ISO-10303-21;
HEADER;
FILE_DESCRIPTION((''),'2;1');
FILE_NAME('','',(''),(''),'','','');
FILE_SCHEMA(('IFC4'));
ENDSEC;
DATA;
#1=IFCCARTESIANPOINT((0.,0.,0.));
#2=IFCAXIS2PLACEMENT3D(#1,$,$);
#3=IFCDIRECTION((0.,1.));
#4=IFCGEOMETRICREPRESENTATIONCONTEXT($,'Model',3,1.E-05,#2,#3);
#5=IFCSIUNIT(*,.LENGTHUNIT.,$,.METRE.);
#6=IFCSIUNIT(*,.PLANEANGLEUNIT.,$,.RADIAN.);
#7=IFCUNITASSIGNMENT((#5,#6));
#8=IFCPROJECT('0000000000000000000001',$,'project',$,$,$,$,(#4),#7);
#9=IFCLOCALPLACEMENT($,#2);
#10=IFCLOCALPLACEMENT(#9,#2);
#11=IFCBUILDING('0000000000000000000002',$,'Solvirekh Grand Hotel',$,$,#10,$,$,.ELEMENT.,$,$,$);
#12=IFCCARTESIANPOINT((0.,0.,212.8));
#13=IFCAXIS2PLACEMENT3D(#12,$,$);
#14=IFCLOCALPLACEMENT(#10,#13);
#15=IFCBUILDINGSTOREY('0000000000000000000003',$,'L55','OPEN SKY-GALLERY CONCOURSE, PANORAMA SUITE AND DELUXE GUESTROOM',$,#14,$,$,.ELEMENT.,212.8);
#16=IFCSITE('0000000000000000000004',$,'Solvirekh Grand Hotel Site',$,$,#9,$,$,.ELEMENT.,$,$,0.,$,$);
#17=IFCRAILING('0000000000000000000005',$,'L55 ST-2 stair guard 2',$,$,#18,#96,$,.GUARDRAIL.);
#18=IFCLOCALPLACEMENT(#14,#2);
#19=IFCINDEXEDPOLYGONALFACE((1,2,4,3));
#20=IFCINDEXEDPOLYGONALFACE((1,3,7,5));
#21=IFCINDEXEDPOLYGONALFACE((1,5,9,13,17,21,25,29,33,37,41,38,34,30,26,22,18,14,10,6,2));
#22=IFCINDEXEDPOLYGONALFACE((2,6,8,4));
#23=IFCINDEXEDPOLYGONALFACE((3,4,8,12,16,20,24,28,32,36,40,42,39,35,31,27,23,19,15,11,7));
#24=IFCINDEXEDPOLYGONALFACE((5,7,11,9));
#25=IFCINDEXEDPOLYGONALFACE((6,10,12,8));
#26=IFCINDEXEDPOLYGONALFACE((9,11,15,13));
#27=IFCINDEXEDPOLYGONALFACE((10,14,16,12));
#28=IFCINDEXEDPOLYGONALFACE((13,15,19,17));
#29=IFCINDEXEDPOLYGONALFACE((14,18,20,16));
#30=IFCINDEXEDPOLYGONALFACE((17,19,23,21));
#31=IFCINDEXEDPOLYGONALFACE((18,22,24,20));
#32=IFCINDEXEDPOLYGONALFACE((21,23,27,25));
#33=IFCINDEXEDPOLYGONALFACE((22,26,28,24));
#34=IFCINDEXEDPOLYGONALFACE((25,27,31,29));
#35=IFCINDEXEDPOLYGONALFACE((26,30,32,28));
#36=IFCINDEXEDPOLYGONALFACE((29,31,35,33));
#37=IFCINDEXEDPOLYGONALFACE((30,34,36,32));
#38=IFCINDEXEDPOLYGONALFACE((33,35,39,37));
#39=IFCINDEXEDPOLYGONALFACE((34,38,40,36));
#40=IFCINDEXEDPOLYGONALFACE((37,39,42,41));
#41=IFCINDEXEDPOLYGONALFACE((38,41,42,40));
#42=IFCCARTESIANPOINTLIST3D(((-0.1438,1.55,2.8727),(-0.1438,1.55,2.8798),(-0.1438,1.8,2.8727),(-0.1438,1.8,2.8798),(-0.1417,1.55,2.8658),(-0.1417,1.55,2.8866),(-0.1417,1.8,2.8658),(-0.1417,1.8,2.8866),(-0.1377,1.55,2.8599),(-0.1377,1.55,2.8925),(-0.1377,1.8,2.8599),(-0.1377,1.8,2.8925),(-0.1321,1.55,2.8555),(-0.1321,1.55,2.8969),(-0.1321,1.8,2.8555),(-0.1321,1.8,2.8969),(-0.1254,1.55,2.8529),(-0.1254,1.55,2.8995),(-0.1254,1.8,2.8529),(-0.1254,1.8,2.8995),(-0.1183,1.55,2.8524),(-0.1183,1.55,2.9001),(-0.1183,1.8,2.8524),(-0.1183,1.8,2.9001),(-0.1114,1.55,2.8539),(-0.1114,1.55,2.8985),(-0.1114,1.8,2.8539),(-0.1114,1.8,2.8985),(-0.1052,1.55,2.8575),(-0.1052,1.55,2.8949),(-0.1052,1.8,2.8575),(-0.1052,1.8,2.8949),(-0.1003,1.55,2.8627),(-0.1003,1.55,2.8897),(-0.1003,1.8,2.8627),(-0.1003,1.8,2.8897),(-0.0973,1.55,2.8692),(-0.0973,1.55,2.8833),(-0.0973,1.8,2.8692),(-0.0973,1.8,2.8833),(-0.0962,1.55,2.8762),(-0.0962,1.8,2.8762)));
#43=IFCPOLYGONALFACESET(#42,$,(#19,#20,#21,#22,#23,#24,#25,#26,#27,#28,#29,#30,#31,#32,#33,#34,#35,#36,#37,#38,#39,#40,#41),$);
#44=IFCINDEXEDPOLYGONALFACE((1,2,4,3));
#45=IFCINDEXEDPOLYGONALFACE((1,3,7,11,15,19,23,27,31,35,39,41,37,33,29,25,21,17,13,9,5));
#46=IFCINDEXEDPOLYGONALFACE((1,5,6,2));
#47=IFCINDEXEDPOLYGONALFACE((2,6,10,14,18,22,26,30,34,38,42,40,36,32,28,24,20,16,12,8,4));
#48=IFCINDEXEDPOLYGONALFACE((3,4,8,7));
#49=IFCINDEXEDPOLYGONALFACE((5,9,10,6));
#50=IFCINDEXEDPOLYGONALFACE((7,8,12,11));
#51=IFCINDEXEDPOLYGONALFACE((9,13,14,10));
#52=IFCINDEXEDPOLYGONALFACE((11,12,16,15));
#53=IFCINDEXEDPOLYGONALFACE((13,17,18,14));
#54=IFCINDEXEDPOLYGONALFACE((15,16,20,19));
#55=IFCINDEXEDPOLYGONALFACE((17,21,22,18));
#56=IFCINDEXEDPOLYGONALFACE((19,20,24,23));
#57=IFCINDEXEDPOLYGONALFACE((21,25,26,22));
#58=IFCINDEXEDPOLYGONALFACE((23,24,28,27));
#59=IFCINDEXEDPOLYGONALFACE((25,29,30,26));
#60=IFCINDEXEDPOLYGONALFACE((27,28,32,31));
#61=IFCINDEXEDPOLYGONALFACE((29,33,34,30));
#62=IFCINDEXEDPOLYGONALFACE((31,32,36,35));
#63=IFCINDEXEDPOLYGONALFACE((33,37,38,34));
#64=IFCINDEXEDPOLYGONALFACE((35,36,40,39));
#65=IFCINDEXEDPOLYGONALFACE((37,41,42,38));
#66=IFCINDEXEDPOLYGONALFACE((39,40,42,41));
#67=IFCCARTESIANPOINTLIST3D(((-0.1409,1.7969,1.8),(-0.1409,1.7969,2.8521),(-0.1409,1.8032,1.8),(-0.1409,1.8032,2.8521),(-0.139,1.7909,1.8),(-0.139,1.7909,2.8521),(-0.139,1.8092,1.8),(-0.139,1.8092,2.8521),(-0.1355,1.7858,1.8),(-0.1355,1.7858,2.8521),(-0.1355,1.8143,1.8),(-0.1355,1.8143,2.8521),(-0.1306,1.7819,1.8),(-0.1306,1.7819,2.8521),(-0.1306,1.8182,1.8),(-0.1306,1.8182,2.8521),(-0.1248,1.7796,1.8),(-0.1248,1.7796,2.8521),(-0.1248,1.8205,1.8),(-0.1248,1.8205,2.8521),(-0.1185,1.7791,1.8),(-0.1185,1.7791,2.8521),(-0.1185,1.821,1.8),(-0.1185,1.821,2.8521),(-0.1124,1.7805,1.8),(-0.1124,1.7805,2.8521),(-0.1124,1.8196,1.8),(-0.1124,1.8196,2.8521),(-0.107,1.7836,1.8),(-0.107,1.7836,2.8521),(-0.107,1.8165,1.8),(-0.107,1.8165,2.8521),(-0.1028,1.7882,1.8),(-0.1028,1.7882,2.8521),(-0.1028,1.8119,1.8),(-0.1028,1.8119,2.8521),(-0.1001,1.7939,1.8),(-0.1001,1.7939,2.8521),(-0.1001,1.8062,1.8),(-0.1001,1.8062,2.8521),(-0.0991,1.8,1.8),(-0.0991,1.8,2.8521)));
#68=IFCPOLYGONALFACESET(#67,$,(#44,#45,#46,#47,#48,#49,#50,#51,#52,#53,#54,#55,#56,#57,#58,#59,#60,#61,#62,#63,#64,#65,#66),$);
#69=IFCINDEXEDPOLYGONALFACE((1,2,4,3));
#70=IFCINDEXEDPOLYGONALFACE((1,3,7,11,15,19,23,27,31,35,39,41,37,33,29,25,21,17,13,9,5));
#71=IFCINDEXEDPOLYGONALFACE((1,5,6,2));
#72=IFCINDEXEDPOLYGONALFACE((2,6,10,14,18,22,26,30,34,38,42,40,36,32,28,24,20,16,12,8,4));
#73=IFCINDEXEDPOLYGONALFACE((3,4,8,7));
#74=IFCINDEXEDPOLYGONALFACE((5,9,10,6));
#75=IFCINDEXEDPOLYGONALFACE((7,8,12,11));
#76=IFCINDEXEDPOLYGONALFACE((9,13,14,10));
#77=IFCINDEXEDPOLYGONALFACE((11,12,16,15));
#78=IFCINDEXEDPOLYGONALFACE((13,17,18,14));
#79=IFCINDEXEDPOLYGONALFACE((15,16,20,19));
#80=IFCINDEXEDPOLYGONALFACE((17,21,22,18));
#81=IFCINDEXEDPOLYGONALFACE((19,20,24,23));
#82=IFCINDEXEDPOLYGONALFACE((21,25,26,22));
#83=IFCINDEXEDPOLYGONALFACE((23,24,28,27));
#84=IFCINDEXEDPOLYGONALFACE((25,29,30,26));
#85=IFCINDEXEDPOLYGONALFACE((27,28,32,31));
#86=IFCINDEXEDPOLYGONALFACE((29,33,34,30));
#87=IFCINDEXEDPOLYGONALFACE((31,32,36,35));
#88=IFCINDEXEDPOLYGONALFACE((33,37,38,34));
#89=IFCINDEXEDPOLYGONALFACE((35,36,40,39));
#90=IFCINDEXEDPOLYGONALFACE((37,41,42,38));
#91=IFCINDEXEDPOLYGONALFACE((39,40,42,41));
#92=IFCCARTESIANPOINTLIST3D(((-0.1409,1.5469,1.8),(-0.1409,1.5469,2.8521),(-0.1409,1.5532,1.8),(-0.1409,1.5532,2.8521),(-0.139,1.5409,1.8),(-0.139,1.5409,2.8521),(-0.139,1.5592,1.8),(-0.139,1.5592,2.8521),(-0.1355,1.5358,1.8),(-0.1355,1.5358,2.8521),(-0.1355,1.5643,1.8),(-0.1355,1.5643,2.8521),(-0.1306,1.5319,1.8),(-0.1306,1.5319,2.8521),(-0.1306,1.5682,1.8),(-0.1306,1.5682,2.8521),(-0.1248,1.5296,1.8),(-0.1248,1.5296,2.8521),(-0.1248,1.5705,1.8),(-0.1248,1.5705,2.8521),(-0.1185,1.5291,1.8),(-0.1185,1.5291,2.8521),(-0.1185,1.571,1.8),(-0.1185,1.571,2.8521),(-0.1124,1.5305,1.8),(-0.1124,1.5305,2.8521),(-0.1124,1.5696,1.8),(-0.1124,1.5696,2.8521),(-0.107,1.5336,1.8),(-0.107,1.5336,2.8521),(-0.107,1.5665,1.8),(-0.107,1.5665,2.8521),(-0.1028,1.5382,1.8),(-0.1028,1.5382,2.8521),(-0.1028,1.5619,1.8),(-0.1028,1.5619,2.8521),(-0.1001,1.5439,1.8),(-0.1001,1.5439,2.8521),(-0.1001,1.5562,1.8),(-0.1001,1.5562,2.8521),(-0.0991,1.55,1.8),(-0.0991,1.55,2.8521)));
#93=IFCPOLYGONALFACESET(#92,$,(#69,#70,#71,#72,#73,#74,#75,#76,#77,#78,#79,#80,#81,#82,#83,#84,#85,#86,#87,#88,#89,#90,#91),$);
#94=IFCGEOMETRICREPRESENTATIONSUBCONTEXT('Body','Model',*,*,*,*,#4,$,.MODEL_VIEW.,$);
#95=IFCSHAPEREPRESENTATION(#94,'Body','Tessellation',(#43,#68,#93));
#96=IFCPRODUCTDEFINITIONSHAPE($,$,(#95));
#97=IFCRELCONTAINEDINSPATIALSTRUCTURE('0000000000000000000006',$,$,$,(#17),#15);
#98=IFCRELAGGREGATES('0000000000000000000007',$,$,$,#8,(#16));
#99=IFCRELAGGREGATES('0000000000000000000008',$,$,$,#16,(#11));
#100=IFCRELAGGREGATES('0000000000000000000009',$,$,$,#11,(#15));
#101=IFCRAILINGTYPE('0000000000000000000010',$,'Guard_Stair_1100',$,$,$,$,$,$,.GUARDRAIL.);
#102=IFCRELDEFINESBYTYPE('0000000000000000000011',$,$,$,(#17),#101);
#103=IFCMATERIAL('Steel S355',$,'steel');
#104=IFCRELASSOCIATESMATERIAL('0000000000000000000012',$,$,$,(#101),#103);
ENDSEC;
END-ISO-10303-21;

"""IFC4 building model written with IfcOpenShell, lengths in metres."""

from ifc_helpers import new_model, si_unit, direction, frame, origin, origin_2d, place, context, subcontext, project, spatial, circle, extrude, material, type_object, element, save


model = new_model("IFC4")

# Units and contexts
model_context = context("Model", 3, precision=1e-05, world=origin(), true_north=direction((0.0, 1.0)))
body_context = subcontext(model_context, "Body", "Model", "MODEL_VIEW")
ifc_project = project(units=[si_unit("LENGTHUNIT", "METRE"), si_unit("PLANEANGLEUNIT", "RADIAN")], contexts=[model_context])

# Site, building, storey
site_placement = place(None, origin())
site = spatial("IfcSite", under=ifc_project, at=site_placement, Name="Solvirekh Grand Hotel Site", CompositionType="ELEMENT", RefElevation=0.0)
building_placement = place(site_placement, origin())
building = spatial("IfcBuilding", under=site, at=building_placement, Name="Solvirekh Grand Hotel", CompositionType="ELEMENT")
storey_placement = place(building_placement, frame((0.0, 0.0, 212.8)))
storey = spatial("IfcBuildingStorey", under=building, at=storey_placement, Name="L55", Description="OPEN SKY-GALLERY CONCOURSE, PANORAMA SUITE AND DELUXE GUESTROOM", CompositionType="ELEMENT", Elevation=212.8)

# Shared definitions
ifc_material_1 = material(Name="Steel S355", Category="steel")

# Railing
railing_type_1 = type_object("IfcRailingType", Name="Guard_Stair_1100", PredefinedType="GUARDRAIL", material=ifc_material_1)
railing_1_placement = place(storey_placement, frame((-0.1201, 1.8, 1.8)))
element("IfcRailing", 1, at=railing_1_placement, inside=storey, type_object=railing_type_1, Name="L55 ST-2 stair guard 2", PredefinedType="GUARDRAIL", context=body_context, shape_type="SweptSolid", body=[
    extrude(circle(Radius=0.0239, at=origin_2d()), frame((0.0, 0.0, 1.0762), z_axis=(0.0, -1.0, 0.0), x_axis=(1.0, 0.0, 0.0)), (0.0, 0.0, 1.0), 0.25),
    extrude(circle(Radius=0.021, at=origin_2d()), origin(), (0.0, 0.0, 1.0), 1.052),
    extrude(circle(Radius=0.021, at=origin_2d()), frame((0.0, -0.25, 0.0)), (0.0, 0.0, 1.0), 1.052),
])

save(model, "model.ifc")
